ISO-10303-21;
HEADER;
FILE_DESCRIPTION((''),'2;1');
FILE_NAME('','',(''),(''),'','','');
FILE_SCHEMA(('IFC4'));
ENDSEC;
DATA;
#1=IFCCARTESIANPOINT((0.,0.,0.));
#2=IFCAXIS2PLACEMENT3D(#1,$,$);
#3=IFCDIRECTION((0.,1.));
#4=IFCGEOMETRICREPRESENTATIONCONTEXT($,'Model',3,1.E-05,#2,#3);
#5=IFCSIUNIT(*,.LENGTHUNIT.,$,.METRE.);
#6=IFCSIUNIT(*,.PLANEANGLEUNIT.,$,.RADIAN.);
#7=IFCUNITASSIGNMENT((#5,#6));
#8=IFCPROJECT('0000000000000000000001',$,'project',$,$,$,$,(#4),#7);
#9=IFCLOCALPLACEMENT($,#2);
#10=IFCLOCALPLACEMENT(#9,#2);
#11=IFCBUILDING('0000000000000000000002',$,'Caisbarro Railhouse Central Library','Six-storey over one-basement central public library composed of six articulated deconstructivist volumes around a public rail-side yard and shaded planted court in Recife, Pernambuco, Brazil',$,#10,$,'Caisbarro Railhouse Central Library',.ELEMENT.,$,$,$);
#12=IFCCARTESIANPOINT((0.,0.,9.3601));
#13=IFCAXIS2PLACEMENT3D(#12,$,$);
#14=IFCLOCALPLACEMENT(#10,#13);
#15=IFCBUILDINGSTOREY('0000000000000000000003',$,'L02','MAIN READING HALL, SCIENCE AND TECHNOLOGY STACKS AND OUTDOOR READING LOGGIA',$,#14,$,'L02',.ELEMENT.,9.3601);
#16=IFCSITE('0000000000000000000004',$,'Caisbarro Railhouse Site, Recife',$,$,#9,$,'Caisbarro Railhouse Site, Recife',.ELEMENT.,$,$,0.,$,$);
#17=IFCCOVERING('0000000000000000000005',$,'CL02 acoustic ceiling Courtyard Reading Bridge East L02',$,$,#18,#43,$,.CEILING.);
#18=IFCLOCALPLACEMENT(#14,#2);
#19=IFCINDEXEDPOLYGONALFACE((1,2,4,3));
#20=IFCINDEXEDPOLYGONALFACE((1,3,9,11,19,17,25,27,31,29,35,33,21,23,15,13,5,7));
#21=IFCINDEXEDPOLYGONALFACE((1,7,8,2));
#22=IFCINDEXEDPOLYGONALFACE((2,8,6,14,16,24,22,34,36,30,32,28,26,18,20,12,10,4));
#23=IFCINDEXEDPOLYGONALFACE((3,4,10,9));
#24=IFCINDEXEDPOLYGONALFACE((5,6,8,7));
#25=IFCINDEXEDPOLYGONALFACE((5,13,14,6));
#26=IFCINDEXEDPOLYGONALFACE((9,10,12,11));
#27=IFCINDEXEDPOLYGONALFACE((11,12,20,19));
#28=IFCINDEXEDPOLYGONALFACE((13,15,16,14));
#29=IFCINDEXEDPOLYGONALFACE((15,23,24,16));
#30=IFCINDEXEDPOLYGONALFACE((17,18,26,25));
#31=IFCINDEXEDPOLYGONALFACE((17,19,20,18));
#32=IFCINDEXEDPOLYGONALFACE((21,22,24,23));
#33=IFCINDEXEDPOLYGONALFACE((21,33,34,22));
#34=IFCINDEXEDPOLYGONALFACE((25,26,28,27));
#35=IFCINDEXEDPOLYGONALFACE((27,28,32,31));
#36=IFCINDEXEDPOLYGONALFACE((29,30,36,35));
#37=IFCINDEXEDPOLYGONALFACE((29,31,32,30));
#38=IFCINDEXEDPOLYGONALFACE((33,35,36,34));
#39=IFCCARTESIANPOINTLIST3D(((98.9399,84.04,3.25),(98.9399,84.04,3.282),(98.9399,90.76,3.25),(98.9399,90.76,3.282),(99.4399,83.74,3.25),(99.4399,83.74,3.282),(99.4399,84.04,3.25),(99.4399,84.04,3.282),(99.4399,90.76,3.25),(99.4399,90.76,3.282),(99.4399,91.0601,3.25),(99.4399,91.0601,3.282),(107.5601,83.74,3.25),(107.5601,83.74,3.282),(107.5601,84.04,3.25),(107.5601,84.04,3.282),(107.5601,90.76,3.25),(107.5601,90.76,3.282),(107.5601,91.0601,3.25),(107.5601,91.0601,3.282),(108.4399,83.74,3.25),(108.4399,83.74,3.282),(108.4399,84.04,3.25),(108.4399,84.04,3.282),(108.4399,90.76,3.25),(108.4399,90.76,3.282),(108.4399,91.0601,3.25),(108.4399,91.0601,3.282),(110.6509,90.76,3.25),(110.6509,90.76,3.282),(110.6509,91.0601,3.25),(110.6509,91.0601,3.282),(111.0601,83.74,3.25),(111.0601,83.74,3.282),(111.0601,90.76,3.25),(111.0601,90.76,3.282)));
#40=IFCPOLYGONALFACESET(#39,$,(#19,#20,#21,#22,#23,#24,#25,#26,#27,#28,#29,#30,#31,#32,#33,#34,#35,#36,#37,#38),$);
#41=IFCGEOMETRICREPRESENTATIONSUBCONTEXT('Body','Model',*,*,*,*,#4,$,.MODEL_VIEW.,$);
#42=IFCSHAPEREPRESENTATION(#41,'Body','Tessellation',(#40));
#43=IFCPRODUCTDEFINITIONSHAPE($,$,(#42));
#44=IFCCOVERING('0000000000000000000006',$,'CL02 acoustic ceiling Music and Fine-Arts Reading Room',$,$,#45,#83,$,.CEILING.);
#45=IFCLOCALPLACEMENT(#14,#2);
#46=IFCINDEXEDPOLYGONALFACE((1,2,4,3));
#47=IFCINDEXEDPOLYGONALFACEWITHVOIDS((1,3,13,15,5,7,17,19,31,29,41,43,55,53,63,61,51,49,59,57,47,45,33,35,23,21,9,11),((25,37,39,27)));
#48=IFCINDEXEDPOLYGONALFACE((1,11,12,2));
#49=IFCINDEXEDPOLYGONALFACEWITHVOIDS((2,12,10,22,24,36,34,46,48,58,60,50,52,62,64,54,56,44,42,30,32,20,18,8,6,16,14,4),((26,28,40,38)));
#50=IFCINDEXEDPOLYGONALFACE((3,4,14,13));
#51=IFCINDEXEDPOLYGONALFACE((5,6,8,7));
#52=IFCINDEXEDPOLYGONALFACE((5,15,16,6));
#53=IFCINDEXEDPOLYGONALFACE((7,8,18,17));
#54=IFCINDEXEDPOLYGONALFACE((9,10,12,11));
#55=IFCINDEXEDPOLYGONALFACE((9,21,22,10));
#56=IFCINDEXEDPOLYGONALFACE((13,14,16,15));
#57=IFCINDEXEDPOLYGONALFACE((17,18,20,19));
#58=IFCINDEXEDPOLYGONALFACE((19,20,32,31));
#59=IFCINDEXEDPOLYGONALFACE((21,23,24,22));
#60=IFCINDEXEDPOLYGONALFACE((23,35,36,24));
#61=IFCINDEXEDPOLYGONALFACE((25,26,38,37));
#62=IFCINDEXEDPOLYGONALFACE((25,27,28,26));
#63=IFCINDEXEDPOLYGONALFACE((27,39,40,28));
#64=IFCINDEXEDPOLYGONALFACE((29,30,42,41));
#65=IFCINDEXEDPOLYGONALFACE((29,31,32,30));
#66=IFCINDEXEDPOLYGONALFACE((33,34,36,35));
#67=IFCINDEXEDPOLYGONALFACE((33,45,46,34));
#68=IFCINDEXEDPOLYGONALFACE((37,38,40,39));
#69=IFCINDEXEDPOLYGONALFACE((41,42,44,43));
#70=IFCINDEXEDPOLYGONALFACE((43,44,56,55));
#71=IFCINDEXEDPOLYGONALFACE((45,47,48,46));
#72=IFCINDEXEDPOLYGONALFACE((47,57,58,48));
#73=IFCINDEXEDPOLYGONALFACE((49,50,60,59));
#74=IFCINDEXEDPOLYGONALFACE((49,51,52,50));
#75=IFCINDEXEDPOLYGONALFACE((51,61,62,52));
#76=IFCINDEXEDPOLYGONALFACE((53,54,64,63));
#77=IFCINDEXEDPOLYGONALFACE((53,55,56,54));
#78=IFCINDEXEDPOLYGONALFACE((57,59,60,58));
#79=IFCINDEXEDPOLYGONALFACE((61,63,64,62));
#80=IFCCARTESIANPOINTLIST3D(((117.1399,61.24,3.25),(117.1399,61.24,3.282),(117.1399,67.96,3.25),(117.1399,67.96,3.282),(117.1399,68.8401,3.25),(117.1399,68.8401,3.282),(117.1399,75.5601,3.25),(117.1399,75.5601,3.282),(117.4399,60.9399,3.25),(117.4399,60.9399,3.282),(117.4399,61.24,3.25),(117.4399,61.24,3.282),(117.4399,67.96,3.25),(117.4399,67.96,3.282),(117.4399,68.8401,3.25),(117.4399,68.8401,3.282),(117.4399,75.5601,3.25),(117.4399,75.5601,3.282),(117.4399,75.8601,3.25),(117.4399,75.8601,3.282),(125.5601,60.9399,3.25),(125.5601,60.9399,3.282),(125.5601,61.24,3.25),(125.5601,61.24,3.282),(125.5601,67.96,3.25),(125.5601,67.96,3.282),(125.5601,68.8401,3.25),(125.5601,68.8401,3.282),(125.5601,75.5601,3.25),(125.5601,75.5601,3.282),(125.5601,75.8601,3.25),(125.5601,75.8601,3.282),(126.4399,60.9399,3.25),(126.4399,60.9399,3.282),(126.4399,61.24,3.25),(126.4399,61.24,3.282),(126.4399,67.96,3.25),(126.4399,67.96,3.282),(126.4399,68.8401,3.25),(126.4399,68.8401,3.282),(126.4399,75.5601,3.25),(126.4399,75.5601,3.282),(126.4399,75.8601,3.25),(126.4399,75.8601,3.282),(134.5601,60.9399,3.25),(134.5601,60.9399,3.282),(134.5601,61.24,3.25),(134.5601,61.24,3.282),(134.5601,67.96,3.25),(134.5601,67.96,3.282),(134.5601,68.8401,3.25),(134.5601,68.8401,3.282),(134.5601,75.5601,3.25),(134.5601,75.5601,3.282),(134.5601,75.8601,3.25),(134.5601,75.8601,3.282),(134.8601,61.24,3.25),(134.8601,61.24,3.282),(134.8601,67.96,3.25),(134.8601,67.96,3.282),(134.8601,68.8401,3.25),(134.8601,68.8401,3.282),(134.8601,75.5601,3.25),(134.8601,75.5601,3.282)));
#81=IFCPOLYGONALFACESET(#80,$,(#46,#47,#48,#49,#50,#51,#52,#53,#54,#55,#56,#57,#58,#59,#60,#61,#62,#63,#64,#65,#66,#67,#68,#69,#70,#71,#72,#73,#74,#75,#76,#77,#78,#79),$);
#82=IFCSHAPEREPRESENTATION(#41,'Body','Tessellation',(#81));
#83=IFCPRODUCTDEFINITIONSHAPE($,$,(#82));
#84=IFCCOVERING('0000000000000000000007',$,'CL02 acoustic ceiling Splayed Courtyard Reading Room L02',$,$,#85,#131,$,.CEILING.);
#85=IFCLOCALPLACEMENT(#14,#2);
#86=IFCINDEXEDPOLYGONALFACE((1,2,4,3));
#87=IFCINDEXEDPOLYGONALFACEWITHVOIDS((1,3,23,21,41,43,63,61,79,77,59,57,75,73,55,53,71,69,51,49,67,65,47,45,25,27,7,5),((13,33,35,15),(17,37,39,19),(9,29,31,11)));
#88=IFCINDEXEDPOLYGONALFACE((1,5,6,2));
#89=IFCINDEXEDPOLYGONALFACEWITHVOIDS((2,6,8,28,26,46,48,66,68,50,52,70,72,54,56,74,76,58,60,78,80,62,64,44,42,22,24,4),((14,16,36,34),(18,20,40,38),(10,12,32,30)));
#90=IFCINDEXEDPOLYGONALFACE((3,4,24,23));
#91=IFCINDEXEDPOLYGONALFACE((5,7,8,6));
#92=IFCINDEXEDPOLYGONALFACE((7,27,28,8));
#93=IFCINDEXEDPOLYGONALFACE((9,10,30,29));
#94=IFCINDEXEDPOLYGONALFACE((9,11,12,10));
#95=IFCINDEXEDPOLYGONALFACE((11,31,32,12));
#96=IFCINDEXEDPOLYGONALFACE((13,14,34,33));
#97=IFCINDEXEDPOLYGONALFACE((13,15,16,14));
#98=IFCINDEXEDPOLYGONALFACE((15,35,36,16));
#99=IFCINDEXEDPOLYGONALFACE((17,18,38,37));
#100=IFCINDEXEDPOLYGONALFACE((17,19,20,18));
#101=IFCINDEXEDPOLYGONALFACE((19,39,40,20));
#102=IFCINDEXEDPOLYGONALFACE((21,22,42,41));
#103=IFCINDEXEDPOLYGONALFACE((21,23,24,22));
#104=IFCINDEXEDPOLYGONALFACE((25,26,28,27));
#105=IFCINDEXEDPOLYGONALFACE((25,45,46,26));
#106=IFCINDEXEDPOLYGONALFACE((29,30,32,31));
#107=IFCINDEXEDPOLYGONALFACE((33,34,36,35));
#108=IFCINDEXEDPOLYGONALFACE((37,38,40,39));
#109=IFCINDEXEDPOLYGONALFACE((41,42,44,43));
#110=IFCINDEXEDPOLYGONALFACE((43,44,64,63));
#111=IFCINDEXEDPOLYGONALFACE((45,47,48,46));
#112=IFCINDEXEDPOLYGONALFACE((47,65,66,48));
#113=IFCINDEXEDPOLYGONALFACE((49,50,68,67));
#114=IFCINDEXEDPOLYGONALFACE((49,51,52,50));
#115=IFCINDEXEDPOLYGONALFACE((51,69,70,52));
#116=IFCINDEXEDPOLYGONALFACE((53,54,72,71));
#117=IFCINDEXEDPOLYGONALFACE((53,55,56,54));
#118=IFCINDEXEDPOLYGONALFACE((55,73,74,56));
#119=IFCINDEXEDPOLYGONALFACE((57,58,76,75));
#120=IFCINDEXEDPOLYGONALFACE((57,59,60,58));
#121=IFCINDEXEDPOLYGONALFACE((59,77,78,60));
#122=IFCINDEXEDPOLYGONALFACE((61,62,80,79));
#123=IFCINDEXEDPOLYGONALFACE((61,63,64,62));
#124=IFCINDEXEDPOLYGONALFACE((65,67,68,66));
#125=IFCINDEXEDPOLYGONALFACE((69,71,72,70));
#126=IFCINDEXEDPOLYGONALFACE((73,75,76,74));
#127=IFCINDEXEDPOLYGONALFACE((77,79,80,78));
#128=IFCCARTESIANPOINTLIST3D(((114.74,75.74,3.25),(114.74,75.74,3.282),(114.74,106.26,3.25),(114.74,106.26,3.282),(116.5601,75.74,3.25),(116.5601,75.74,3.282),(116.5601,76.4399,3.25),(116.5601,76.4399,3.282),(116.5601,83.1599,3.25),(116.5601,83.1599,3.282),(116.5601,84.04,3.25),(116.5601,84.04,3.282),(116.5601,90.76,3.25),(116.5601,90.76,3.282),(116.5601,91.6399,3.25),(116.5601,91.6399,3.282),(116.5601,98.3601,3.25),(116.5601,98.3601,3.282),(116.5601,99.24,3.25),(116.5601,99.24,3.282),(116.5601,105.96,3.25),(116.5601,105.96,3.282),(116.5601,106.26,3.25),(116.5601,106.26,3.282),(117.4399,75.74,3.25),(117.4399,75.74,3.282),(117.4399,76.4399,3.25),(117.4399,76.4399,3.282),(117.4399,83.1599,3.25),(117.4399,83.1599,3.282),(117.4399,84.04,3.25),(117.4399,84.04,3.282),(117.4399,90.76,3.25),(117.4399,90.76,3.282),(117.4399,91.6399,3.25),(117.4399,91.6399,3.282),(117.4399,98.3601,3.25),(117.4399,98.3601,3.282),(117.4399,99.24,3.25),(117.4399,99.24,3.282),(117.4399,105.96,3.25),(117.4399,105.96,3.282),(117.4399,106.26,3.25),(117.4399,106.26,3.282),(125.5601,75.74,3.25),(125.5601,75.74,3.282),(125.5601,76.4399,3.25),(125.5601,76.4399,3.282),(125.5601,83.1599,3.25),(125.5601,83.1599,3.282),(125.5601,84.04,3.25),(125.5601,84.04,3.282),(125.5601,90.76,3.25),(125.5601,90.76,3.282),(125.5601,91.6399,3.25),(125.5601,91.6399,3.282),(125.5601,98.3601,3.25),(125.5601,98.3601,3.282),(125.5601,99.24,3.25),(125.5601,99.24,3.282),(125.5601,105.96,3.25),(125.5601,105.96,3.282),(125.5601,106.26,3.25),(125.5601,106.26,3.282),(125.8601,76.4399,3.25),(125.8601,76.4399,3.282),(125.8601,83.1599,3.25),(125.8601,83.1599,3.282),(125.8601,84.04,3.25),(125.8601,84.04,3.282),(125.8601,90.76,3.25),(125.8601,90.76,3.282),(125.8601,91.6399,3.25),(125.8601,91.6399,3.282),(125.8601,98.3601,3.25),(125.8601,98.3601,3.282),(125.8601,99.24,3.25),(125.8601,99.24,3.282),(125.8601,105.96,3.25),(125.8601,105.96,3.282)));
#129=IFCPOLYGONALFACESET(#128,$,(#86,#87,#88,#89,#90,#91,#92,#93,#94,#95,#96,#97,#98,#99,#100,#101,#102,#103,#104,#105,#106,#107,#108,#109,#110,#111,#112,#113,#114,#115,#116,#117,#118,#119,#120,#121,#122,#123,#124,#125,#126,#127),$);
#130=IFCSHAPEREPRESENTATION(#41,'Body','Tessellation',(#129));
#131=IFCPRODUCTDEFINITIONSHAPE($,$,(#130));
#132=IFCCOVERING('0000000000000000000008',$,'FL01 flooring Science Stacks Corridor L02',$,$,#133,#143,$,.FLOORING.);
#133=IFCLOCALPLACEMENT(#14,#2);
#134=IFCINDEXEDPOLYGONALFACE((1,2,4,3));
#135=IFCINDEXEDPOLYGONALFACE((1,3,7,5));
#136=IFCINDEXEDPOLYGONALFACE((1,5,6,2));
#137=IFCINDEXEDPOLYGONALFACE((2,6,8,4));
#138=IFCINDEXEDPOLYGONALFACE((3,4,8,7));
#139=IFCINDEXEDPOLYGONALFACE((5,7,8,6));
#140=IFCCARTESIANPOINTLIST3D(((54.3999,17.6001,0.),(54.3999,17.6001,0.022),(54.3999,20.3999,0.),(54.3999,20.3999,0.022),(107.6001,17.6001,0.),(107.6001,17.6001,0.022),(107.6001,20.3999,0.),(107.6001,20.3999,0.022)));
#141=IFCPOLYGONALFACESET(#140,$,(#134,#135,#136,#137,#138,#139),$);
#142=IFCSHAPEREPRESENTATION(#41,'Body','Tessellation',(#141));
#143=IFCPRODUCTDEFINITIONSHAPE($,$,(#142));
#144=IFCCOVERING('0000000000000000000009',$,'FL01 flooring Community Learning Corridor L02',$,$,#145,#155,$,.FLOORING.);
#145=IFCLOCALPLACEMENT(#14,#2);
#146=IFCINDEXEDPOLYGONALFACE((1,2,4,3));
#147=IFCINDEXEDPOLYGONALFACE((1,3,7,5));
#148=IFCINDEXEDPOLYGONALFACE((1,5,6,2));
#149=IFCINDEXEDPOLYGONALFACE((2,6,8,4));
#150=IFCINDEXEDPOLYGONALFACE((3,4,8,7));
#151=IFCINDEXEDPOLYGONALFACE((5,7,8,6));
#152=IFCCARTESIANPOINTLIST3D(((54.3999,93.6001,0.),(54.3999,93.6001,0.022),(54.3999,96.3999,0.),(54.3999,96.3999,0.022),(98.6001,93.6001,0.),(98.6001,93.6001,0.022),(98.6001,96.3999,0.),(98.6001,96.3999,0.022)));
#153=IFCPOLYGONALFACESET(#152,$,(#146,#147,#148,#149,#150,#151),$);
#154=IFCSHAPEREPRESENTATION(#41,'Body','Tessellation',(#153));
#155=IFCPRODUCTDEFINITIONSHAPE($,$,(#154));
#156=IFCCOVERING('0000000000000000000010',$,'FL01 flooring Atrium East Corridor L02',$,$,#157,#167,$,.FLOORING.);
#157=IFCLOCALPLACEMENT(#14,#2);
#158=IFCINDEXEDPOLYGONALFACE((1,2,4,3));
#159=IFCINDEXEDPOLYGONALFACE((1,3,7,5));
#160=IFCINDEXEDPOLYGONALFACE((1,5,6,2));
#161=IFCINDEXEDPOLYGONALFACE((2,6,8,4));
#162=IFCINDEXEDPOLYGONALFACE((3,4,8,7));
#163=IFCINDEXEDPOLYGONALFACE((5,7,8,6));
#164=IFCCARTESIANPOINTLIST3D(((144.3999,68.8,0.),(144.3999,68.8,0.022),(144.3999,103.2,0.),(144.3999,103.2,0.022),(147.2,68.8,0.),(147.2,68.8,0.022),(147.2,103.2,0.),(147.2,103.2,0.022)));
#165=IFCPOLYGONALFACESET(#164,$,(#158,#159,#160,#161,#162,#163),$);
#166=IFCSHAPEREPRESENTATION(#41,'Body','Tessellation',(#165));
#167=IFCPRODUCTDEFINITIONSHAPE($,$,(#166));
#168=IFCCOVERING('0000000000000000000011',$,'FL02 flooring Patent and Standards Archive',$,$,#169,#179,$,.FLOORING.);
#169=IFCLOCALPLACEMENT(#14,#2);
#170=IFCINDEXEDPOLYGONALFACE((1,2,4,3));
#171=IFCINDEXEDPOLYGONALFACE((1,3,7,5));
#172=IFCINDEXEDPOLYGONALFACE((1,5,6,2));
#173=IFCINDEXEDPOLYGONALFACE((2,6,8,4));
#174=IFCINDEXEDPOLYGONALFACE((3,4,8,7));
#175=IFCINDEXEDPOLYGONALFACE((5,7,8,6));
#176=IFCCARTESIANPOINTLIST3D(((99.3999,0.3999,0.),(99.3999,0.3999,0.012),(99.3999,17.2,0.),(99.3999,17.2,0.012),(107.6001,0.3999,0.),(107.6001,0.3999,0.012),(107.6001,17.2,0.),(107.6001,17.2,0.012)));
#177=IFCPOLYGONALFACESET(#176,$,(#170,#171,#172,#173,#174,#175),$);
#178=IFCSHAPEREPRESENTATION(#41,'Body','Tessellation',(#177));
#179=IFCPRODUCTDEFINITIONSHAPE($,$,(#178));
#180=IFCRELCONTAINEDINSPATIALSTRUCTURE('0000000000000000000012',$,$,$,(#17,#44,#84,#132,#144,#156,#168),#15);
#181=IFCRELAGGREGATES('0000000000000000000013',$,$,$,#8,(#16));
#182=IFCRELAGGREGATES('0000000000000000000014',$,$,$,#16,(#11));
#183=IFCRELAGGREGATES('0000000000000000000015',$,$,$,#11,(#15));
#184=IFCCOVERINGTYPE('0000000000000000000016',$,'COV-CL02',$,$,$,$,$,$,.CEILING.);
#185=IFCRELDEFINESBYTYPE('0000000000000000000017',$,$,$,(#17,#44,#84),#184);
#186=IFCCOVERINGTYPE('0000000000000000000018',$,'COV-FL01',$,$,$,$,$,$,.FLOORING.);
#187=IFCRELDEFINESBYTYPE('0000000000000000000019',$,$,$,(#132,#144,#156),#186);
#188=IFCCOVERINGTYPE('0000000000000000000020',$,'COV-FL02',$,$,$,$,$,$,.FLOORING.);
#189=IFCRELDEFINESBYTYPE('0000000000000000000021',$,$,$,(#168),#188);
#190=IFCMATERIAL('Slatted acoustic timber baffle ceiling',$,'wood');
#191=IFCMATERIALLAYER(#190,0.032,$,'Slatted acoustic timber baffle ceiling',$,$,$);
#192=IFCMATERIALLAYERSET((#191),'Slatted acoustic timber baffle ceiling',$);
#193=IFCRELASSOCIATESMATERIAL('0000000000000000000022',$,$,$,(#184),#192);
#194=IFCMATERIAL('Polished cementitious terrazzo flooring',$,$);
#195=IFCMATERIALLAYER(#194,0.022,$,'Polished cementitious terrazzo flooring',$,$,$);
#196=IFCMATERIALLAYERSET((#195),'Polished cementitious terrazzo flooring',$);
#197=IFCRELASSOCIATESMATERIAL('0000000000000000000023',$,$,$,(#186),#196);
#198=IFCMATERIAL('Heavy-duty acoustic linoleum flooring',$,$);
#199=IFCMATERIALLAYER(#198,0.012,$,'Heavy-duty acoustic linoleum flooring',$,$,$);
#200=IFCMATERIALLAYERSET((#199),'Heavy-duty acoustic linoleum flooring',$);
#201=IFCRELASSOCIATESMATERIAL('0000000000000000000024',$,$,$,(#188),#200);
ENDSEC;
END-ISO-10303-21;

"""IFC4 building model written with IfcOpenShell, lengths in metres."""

from ifc_helpers import new_model, si_unit, direction, frame, origin, place, context, subcontext, project, spatial, polyline, outline, extrude, material, layer, layer_set, type_object, element, save


model = new_model("IFC4")

# Units and contexts
model_context = context("Model", 3, precision=1e-05, world=origin(), true_north=direction((0.0, 1.0)))
body_context = subcontext(model_context, "Body", "Model", "MODEL_VIEW")
ifc_project = project(units=[si_unit("LENGTHUNIT", "METRE"), si_unit("PLANEANGLEUNIT", "RADIAN")], contexts=[model_context])

# Site, building, storey
site_placement = place(None, origin())
site = spatial("IfcSite", under=ifc_project, at=site_placement, Name="Caisbarro Railhouse Site, Recife", LongName="Caisbarro Railhouse Site, Recife", CompositionType="ELEMENT", RefElevation=0.0)
building_placement = place(site_placement, origin())
building = spatial("IfcBuilding", under=site, at=building_placement, Name="Caisbarro Railhouse Central Library", Description="Six-storey over one-basement central public library composed of six articulated deconstructivist volumes around a public rail-side yard and shaded planted court in Recife, Pernambuco, Brazil", LongName="Caisbarro Railhouse Central Library", CompositionType="ELEMENT")
storey_placement = place(building_placement, frame((0.0, 0.0, 9.3601)))
storey = spatial("IfcBuildingStorey", under=building, at=storey_placement, Name="L02", Description="MAIN READING HALL, SCIENCE AND TECHNOLOGY STACKS AND OUTDOOR READING LOGGIA", LongName="L02", CompositionType="ELEMENT", Elevation=9.3601)

# Coverings
ifc_material_1 = material(Name="Slatted acoustic timber baffle ceiling", Category="wood")
ifc_layer_1 = layer(ifc_material_1, 0.032, Name="Slatted acoustic timber baffle ceiling")
ifc_layer_set_1 = layer_set([ifc_layer_1], Name="Slatted acoustic timber baffle ceiling")
covering_type_1 = type_object("IfcCoveringType", Name="COV-CL02", PredefinedType="CEILING", material=ifc_layer_set_1)
covering_1_placement = place(storey_placement, frame((0.0, 0.0, 3.25)))
element("IfcCovering", 1, at=covering_1_placement, inside=storey, type_object=covering_type_1, Name="CL02 acoustic ceiling Courtyard Reading Bridge East L02", PredefinedType="CEILING", context=body_context, shape_type="SweptSolid", body=[
    extrude(outline(polyline([(108.4399, 84.04), (107.5601, 84.04), (107.5601, 83.74), (99.4399, 83.74), (99.4399, 84.04), (98.9399, 84.04), (98.9399, 90.76), (99.4399, 90.76), (99.4399, 91.0601), (107.5601, 91.0601), (107.5601, 90.76), (108.4399, 90.76), (108.4399, 91.0601), (110.6509, 91.0601), (110.6509, 90.76), (111.0601, 90.76), (111.0601, 83.74), (108.4399, 83.74), (108.4399, 84.04)])), origin(), (0.0, 0.0, 1.0), 0.032),
])
covering_2_placement = place(storey_placement, frame((0.0, 0.0, 3.25)))
element("IfcCovering", 2, at=covering_2_placement, inside=storey, type_object=covering_type_1, Name="CL02 acoustic ceiling Music and Fine-Arts Reading Room", PredefinedType="CEILING", context=body_context, shape_type="SweptSolid", body=[
    extrude(outline(polyline([(117.4399, 61.24), (117.1399, 61.24), (117.1399, 67.96), (117.4399, 67.96), (117.4399, 68.8401), (117.1399, 68.8401), (117.1399, 75.5601), (117.4399, 75.5601), (117.4399, 75.8601), (125.5601, 75.8601), (125.5601, 75.5601), (126.4399, 75.5601), (126.4399, 75.8601), (134.5601, 75.8601), (134.5601, 75.5601), (134.8601, 75.5601), (134.8601, 68.8401), (134.5601, 68.8401), (134.5601, 67.96), (134.8601, 67.96), (134.8601, 61.24), (134.5601, 61.24), (134.5601, 60.9399), (126.4399, 60.9399), (126.4399, 61.24), (125.5601, 61.24), (125.5601, 60.9399), (117.4399, 60.9399), (117.4399, 61.24)]), holes=[polyline([(126.4399, 68.8401), (125.5601, 68.8401), (125.5601, 67.96), (126.4399, 67.96), (126.4399, 68.8401)])]), origin(), (0.0, 0.0, 1.0), 0.032),
])
covering_3_placement = place(storey_placement, frame((0.0, 0.0, 3.25)))
element("IfcCovering", 3, at=covering_3_placement, inside=storey, type_object=covering_type_1, Name="CL02 acoustic ceiling Splayed Courtyard Reading Room L02", PredefinedType="CEILING", context=body_context, shape_type="SweptSolid", body=[
    extrude(outline(polyline([(116.5601, 106.26), (116.5601, 105.96), (117.4399, 105.96), (117.4399, 106.26), (125.5601, 106.26), (125.5601, 105.96), (125.8601, 105.96), (125.8601, 99.24), (125.5601, 99.24), (125.5601, 98.3601), (125.8601, 98.3601), (125.8601, 91.6399), (125.5601, 91.6399), (125.5601, 90.76), (125.8601, 90.76), (125.8601, 84.04), (125.5601, 84.04), (125.5601, 83.1599), (125.8601, 83.1599), (125.8601, 76.4399), (125.5601, 76.4399), (125.5601, 75.74), (117.4399, 75.74), (117.4399, 76.4399), (116.5601, 76.4399), (116.5601, 75.74), (114.74, 75.74), (114.74, 106.26), (116.5601, 106.26)]), holes=[polyline([(117.4399, 84.04), (116.5601, 84.04), (116.5601, 83.1599), (117.4399, 83.1599), (117.4399, 84.04)]), polyline([(117.4399, 90.76), (117.4399, 91.6399), (116.5601, 91.6399), (116.5601, 90.76), (117.4399, 90.76)]), polyline([(116.5601, 98.3601), (117.4399, 98.3601), (117.4399, 99.24), (116.5601, 99.24), (116.5601, 98.3601)])]), origin(), (0.0, 0.0, 1.0), 0.032),
])
ifc_material_2 = material(Name="Polished cementitious terrazzo flooring")
ifc_layer_2 = layer(ifc_material_2, 0.022, Name="Polished cementitious terrazzo flooring")
ifc_layer_set_2 = layer_set([ifc_layer_2], Name="Polished cementitious terrazzo flooring")
covering_type_2 = type_object("IfcCoveringType", Name="COV-FL01", PredefinedType="FLOORING", material=ifc_layer_set_2)
covering_4_placement = place(storey_placement, origin())
element("IfcCovering", 4, at=covering_4_placement, inside=storey, type_object=covering_type_2, Name="FL01 flooring Science Stacks Corridor L02", PredefinedType="FLOORING", context=body_context, shape_type="SweptSolid", body=[
    extrude(outline(polyline([(54.3999, 17.6001), (107.6001, 17.6001), (107.6001, 20.3999), (54.3999, 20.3999), (54.3999, 17.6001)])), origin(), (0.0, 0.0, 1.0), 0.022),
])
covering_5_placement = place(storey_placement, origin())
element("IfcCovering", 5, at=covering_5_placement, inside=storey, type_object=covering_type_2, Name="FL01 flooring Community Learning Corridor L02", PredefinedType="FLOORING", context=body_context, shape_type="SweptSolid", body=[
    extrude(outline(polyline([(54.3999, 93.6001), (98.6001, 93.6001), (98.6001, 96.3999), (54.3999, 96.3999), (54.3999, 93.6001)])), origin(), (0.0, 0.0, 1.0), 0.022),
])
covering_6_placement = place(storey_placement, origin())
element("IfcCovering", 6, at=covering_6_placement, inside=storey, type_object=covering_type_2, Name="FL01 flooring Atrium East Corridor L02", PredefinedType="FLOORING", context=body_context, shape_type="SweptSolid", body=[
    extrude(outline(polyline([(144.3999, 68.8), (147.2, 68.8), (147.2, 103.2), (144.3999, 103.2), (144.3999, 68.8)])), origin(), (0.0, 0.0, 1.0), 0.022),
])
ifc_material_3 = material(Name="Heavy-duty acoustic linoleum flooring")
ifc_layer_3 = layer(ifc_material_3, 0.012, Name="Heavy-duty acoustic linoleum flooring")
ifc_layer_set_3 = layer_set([ifc_layer_3], Name="Heavy-duty acoustic linoleum flooring")
covering_type_3 = type_object("IfcCoveringType", Name="COV-FL02", PredefinedType="FLOORING", material=ifc_layer_set_3)
covering_7_placement = place(storey_placement, origin())
element("IfcCovering", 7, at=covering_7_placement, inside=storey, type_object=covering_type_3, Name="FL02 flooring Patent and Standards Archive", PredefinedType="FLOORING", context=body_context, shape_type="SweptSolid", body=[
    extrude(outline(polyline([(99.3999, 0.3999), (107.6001, 0.3999), (107.6001, 17.2), (99.3999, 17.2), (99.3999, 0.3999)])), origin(), (0.0, 0.0, 1.0), 0.012),
])

save(model, "model.ifc")
